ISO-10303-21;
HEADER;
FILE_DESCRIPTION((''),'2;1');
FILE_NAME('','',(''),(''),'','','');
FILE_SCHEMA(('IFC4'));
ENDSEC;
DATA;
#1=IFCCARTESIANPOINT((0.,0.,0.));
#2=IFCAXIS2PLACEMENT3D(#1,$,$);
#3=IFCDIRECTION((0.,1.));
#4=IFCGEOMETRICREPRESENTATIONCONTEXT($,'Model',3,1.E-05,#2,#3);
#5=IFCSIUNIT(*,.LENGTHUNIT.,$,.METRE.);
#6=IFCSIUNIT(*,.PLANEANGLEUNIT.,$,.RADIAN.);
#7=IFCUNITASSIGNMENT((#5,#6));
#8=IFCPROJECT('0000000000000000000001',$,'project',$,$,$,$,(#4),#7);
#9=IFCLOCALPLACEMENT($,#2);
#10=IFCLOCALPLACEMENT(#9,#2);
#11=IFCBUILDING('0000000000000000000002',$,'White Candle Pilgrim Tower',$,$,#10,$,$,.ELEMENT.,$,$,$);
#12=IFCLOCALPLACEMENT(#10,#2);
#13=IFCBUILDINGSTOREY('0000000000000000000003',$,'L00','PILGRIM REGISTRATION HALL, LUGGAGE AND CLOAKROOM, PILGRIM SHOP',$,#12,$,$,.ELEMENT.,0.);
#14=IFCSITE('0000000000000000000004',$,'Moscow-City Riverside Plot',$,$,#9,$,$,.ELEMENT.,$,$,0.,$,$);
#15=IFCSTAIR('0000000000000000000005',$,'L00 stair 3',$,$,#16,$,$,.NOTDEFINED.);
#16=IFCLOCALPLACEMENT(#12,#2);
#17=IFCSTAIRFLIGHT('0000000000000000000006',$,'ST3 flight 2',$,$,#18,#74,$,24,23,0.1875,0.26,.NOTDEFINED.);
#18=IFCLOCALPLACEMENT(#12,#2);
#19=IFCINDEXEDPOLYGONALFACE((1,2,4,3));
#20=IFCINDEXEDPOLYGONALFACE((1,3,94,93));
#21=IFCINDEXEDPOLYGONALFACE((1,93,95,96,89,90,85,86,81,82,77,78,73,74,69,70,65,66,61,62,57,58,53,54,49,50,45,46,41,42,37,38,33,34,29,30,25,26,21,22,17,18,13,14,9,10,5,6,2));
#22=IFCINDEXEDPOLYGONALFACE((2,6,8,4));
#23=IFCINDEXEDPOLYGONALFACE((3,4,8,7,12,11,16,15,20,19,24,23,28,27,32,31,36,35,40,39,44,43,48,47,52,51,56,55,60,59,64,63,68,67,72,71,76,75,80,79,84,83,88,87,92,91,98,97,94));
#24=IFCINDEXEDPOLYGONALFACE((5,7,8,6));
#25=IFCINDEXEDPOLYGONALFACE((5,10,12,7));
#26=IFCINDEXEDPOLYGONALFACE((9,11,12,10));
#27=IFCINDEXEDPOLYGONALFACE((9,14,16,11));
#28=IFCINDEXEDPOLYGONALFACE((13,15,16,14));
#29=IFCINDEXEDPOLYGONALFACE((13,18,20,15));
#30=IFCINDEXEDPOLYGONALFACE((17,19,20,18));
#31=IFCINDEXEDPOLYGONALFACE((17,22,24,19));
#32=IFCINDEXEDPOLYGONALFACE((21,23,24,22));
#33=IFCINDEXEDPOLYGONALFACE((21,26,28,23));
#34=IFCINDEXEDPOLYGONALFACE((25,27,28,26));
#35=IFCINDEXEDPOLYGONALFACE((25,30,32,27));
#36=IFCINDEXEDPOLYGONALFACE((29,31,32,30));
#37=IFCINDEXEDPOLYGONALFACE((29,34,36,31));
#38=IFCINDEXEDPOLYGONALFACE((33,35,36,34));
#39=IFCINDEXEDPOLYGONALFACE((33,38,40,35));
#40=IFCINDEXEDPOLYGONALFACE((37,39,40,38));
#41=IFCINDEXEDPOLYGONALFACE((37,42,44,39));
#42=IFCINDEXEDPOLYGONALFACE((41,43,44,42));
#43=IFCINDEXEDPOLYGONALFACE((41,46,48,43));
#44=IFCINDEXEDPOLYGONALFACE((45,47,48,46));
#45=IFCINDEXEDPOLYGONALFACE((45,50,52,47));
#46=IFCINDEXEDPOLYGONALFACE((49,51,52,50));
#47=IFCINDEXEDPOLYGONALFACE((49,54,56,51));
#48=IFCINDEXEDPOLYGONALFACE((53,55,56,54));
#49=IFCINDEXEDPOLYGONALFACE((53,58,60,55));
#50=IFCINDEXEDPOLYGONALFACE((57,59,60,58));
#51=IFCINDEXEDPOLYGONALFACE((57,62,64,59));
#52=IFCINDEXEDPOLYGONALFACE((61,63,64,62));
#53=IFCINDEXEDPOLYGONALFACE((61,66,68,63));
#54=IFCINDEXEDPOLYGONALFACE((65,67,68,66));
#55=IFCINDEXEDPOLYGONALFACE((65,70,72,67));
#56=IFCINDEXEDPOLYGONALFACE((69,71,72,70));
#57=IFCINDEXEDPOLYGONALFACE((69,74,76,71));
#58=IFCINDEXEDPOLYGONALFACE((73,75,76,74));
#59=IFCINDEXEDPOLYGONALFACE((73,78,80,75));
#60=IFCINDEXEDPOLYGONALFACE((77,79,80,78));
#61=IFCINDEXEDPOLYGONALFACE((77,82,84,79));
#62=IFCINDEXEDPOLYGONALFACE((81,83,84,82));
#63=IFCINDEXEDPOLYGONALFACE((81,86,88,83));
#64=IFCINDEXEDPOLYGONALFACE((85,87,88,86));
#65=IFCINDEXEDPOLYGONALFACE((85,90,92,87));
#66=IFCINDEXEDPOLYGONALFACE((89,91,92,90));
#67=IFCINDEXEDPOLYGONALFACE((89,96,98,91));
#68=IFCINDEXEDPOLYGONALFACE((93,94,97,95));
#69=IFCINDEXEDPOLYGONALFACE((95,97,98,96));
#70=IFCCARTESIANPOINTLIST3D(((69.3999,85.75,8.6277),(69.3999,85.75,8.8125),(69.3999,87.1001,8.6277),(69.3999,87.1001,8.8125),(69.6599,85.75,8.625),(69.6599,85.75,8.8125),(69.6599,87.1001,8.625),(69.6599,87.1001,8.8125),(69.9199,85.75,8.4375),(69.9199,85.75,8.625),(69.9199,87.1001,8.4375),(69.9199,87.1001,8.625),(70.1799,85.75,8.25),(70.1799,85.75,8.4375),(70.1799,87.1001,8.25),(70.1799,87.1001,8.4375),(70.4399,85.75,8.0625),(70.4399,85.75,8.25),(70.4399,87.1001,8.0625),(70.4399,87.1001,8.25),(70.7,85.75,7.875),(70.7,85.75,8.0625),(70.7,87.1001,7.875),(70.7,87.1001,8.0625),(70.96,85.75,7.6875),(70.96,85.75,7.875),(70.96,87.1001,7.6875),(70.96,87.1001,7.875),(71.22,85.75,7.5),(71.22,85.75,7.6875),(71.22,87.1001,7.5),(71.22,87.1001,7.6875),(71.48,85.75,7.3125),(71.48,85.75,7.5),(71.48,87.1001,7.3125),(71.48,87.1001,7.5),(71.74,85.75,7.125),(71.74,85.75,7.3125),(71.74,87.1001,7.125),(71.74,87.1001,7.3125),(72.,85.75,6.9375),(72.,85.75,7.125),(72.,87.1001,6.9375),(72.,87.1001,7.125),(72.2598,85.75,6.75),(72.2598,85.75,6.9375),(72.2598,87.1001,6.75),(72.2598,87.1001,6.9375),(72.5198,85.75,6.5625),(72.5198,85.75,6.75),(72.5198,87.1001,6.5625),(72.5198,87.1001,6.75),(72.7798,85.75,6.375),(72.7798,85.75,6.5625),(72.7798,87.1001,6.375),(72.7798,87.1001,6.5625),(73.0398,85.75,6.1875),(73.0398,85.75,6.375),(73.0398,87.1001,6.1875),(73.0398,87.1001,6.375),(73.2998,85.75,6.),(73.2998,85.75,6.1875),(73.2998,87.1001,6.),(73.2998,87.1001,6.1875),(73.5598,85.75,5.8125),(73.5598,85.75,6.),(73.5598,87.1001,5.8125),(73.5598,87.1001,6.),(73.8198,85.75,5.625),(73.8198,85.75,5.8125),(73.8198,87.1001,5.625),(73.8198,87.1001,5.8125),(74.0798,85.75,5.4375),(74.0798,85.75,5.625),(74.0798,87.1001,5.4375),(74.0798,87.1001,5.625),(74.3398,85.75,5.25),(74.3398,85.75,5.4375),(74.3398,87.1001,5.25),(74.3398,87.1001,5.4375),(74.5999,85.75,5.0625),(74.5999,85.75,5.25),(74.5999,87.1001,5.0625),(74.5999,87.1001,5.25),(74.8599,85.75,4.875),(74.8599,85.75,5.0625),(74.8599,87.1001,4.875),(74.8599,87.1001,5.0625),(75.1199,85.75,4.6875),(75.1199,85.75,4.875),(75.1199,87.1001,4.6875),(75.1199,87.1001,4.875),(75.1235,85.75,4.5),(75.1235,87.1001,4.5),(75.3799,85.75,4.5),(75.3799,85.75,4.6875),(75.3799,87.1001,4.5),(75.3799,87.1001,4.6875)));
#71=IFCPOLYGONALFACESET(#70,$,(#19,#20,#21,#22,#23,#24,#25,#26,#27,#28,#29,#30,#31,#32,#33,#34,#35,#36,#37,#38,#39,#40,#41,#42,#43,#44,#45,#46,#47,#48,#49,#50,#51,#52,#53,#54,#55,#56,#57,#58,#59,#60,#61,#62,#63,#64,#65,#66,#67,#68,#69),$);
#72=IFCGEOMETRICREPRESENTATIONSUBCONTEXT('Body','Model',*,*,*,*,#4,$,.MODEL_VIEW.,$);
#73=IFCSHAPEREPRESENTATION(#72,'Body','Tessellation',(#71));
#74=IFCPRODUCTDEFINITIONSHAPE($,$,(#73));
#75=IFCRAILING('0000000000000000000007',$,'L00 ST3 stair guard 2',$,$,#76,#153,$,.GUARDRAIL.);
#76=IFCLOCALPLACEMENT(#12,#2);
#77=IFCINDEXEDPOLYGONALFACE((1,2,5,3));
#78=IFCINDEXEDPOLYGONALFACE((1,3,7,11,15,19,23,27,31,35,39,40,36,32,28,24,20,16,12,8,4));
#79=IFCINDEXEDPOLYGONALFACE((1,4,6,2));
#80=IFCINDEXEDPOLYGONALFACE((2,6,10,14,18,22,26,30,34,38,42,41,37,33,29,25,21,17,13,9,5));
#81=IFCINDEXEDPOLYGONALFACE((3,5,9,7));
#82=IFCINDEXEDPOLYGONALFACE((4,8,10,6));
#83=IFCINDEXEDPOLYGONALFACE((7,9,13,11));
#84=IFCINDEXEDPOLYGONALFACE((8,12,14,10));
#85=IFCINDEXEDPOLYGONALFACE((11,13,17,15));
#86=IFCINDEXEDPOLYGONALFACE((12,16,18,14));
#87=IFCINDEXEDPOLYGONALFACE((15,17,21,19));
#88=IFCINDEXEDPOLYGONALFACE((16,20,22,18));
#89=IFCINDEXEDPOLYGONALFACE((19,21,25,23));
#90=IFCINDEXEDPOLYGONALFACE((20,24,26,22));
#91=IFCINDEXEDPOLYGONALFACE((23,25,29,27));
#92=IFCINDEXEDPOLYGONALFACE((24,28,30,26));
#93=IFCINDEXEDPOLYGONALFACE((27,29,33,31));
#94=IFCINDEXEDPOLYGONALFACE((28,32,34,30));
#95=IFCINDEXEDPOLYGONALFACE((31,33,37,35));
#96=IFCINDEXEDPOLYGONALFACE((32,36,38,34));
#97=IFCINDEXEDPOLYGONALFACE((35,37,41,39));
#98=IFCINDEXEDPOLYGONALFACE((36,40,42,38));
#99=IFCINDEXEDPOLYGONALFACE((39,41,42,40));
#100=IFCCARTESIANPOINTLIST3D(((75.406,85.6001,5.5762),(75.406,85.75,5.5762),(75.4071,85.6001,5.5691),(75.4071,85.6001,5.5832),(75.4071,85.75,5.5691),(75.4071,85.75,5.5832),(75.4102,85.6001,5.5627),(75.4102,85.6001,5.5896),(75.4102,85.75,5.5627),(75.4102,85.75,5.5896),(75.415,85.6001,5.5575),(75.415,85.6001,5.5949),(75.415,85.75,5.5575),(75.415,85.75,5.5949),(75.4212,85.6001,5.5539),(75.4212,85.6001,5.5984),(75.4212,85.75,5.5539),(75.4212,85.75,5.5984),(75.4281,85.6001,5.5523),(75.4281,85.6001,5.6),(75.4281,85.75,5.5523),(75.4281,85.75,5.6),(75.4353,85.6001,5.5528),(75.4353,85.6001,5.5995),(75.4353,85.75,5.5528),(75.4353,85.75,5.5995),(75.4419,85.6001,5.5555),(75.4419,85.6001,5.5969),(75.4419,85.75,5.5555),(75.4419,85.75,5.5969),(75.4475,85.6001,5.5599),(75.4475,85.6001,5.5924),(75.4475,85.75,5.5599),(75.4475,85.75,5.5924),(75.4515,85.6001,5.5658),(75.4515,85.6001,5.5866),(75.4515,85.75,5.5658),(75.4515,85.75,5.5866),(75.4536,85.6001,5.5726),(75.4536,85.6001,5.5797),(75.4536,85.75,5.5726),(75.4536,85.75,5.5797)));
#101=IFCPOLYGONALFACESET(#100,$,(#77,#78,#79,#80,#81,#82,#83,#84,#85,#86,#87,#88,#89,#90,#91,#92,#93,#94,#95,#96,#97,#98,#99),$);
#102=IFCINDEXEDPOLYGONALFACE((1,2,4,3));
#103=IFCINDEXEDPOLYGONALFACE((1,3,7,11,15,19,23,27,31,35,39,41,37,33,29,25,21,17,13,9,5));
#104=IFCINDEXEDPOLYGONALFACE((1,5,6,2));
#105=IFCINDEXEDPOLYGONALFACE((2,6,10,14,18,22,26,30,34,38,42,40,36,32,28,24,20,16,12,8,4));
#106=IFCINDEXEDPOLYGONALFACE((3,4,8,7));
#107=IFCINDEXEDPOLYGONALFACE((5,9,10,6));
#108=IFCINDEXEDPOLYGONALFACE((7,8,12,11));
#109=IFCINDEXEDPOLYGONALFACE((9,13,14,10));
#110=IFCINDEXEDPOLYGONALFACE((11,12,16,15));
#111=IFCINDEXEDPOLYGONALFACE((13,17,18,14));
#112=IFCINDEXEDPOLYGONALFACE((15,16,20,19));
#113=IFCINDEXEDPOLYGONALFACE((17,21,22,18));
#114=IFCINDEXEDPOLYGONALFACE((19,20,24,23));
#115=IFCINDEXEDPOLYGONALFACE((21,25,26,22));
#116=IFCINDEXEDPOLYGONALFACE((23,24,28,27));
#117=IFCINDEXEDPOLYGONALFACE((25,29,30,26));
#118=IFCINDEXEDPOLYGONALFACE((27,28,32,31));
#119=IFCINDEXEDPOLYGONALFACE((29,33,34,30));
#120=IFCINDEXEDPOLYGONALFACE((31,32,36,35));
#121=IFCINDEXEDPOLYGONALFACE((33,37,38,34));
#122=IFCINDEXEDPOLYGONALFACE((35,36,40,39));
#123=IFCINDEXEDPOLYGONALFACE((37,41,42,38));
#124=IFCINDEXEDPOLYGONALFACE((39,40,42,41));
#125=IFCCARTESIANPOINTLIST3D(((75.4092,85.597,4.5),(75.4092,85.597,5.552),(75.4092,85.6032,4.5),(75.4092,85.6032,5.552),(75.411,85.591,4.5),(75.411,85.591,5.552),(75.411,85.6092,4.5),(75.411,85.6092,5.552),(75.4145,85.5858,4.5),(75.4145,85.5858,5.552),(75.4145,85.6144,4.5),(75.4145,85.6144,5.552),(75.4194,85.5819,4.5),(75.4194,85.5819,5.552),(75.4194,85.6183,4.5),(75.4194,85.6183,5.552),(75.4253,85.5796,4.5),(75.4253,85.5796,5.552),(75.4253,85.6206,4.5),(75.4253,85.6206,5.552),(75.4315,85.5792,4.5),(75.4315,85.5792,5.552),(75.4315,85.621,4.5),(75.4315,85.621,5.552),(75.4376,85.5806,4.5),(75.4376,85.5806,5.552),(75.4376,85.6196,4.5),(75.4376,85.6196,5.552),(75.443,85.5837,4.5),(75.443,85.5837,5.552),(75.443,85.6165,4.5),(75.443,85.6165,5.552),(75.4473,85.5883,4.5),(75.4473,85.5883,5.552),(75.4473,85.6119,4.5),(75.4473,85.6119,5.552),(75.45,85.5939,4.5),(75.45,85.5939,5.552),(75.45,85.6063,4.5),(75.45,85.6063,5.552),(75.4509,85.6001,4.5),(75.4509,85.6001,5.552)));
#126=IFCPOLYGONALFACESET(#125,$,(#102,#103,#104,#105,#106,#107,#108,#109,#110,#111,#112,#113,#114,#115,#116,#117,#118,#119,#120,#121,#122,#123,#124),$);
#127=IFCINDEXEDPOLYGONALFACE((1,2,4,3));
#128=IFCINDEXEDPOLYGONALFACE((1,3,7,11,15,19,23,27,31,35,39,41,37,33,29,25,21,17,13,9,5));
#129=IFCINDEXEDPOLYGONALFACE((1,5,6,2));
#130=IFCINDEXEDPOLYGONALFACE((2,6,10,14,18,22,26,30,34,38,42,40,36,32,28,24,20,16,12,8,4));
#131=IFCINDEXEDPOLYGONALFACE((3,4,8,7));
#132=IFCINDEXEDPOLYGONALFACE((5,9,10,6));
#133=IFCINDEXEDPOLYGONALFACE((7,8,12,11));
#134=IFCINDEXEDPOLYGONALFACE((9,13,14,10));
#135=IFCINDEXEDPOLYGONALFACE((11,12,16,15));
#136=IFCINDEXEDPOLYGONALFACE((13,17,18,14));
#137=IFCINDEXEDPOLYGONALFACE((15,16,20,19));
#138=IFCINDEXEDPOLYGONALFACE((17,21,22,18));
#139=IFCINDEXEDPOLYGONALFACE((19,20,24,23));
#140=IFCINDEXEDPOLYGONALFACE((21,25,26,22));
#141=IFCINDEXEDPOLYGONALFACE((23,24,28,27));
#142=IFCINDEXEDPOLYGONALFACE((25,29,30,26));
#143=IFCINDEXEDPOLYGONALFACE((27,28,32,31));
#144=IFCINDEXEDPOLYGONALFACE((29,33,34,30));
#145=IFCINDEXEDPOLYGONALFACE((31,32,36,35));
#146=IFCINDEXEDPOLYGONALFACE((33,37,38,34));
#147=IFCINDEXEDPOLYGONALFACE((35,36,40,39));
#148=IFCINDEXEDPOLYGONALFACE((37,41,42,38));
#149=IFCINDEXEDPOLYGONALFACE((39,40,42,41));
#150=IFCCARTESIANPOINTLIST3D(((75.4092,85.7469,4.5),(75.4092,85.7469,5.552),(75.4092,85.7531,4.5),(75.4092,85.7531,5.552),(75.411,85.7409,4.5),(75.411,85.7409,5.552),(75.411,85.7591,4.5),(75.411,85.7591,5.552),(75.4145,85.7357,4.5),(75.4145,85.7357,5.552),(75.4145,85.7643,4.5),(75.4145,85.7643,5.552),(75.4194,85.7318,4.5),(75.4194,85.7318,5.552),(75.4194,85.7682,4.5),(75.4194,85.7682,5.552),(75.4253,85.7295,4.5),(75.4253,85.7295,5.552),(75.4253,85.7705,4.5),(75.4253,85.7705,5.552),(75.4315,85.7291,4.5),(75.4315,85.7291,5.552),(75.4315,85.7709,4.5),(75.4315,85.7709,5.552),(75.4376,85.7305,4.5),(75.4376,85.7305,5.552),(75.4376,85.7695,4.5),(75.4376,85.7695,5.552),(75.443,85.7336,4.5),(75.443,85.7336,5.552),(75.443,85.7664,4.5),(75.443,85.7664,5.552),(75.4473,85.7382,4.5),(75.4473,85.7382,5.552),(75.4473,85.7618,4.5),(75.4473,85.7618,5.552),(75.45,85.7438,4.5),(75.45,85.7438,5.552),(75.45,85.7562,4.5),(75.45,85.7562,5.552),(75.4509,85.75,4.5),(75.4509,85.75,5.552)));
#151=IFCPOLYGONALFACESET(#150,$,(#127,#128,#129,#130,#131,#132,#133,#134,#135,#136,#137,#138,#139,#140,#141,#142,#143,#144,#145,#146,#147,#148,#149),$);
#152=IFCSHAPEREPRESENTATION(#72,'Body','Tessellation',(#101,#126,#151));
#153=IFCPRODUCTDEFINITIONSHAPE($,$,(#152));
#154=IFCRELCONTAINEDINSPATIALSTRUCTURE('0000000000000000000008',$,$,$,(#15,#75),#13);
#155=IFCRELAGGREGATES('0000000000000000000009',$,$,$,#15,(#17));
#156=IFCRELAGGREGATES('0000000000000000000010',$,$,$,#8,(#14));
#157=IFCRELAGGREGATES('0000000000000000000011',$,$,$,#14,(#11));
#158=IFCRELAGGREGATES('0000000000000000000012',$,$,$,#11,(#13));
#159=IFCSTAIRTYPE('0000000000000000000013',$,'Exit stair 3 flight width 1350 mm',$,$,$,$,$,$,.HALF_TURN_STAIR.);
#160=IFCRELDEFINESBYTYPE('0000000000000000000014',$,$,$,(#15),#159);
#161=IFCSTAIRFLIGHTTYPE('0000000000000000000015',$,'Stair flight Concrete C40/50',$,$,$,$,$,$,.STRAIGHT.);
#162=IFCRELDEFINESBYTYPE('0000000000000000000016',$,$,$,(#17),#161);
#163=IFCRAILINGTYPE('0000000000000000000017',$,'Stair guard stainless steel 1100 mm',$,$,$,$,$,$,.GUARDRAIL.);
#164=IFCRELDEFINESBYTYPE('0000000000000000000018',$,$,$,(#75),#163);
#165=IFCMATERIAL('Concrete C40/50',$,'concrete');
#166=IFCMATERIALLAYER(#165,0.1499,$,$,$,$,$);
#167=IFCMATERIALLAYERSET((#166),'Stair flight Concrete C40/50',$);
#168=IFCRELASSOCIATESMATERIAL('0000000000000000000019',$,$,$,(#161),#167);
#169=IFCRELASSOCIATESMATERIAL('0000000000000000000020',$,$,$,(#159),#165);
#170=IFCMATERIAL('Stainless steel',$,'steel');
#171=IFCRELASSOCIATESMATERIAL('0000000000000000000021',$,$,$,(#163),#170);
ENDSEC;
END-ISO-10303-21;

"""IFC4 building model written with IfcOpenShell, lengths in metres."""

from ifc_helpers import new_model, si_unit, direction, frame, origin, origin_2d, place, context, subcontext, project, spatial, polyline, circle, outline, extrude, material, layer, layer_set, type_object, element, aggregate, save


model = new_model("IFC4")

# Units and contexts
model_context = context("Model", 3, precision=1e-05, world=origin(), true_north=direction((0.0, 1.0)))
body_context = subcontext(model_context, "Body", "Model", "MODEL_VIEW")
ifc_project = project(units=[si_unit("LENGTHUNIT", "METRE"), si_unit("PLANEANGLEUNIT", "RADIAN")], contexts=[model_context])

# Site, building, storey
site_placement = place(None, origin())
site = spatial("IfcSite", under=ifc_project, at=site_placement, Name="Moscow-City Riverside Plot", CompositionType="ELEMENT", RefElevation=0.0)
building_placement = place(site_placement, origin())
building = spatial("IfcBuilding", under=site, at=building_placement, Name="White Candle Pilgrim Tower", CompositionType="ELEMENT")
storey_placement = place(building_placement, origin())
storey = spatial("IfcBuildingStorey", under=building, at=storey_placement, Name="L00", Description="PILGRIM REGISTRATION HALL, LUGGAGE AND CLOAKROOM, PILGRIM SHOP", CompositionType="ELEMENT", Elevation=0.0)

# Shared definitions
ifc_material_1 = material(Name="Concrete C40/50", Category="concrete")
ifc_layer_1 = layer(ifc_material_1, 0.1499)
ifc_layer_set_1 = layer_set([ifc_layer_1], Name="Stair flight Concrete C40/50")
stair_flight_type = type_object("IfcStairFlightType", Name="Stair flight Concrete C40/50", PredefinedType="STRAIGHT", material=ifc_layer_set_1)

# Stair, stair flight
stair_type_1 = type_object("IfcStairType", Name="Exit stair 3 flight width 1350 mm", PredefinedType="HALF_TURN_STAIR", material=ifc_material_1)
stair_1_placement = place(storey_placement, origin())
stair_1 = element("IfcStair", 1, at=stair_1_placement, inside=storey, type_object=stair_type_1, Name="L00 stair 3", PredefinedType="NOTDEFINED")
stair_flight_1_placement = place(storey_placement, frame((75.3799, 86.425, 4.5), z_axis=(0.0, 0.0, 1.0), x_axis=(-1.0, 0.0, 0.0)))
stair_flight_1 = element("IfcStairFlight", 2, at=stair_flight_1_placement, type_object=stair_flight_type, Name="ST3 flight 2", NumberOfRisers=24, NumberOfTreads=23, PredefinedType="NOTDEFINED", RiserHeight=0.1875, TreadLength=0.26, context=body_context, shape_type="SweptSolid", body=[
    extrude(outline(polyline([(0.0, 0.0), (0.0, 0.1875), (0.26, 0.1875), (0.26, 0.375), (0.52, 0.375), (0.52, 0.5625), (0.78, 0.5625), (0.78, 0.75), (1.04, 0.75), (1.04, 0.9375), (1.3, 0.9375), (1.3, 1.125), (1.5601, 1.125), (1.5601, 1.3125), (1.8201, 1.3125), (1.8201, 1.5), (2.0801, 1.5), (2.0801, 1.6875), (2.3401, 1.6875), (2.3401, 1.875), (2.6001, 1.875), (2.6001, 2.0625), (2.8601, 2.0625), (2.8601, 2.25), (3.1201, 2.25), (3.1201, 2.4375), (3.3799, 2.4375), (3.3799, 2.625), (3.6399, 2.625), (3.6399, 2.8125), (3.8999, 2.8125), (3.8999, 3.0), (4.1599, 3.0), (4.1599, 3.1875), (4.4199, 3.1875), (4.4199, 3.375), (4.6799, 3.375), (4.6799, 3.5625), (4.9399, 3.5625), (4.9399, 3.75), (5.2, 3.75), (5.2, 3.9375), (5.46, 3.9375), (5.46, 4.125), (5.72, 4.125), (5.72, 4.3125), (5.98, 4.3125), (5.98, 4.5), (5.98, 4.1277), (0.2563, 0.0), (0.0, 0.0)])), frame((0.0, 0.675, 0.0), z_axis=(0.0, -1.0, 0.0), x_axis=(1.0, 0.0, 0.0)), (0.0, 0.0, 1.0), 1.3501),
])
aggregate(stair_1, [stair_flight_1])

# Railing
ifc_material_2 = material(Name="Stainless steel", Category="steel")
railing_type_1 = type_object("IfcRailingType", Name="Stair guard stainless steel 1100 mm", PredefinedType="GUARDRAIL", material=ifc_material_2)
railing_1_placement = place(storey_placement, frame((75.4299, 85.6001, 4.5)))
element("IfcRailing", 3, at=railing_1_placement, inside=storey, type_object=railing_type_1, Name="L00 ST3 stair guard 2", PredefinedType="GUARDRAIL", context=body_context, shape_type="SweptSolid", body=[
    extrude(circle(Radius=0.0239, at=origin_2d()), frame((0.0, 0.0, 1.0762), z_axis=(0.0, 1.0, 0.0), x_axis=(-1.0, 0.0, 0.0)), (0.0, 0.0, 1.0), 0.1499),
    extrude(circle(Radius=0.021, at=origin_2d()), origin(), (0.0, 0.0, 1.0), 1.052),
    extrude(circle(Radius=0.021, at=origin_2d()), frame((0.0, 0.1499, 0.0)), (0.0, 0.0, 1.0), 1.052),
])

save(model, "model.ifc")
